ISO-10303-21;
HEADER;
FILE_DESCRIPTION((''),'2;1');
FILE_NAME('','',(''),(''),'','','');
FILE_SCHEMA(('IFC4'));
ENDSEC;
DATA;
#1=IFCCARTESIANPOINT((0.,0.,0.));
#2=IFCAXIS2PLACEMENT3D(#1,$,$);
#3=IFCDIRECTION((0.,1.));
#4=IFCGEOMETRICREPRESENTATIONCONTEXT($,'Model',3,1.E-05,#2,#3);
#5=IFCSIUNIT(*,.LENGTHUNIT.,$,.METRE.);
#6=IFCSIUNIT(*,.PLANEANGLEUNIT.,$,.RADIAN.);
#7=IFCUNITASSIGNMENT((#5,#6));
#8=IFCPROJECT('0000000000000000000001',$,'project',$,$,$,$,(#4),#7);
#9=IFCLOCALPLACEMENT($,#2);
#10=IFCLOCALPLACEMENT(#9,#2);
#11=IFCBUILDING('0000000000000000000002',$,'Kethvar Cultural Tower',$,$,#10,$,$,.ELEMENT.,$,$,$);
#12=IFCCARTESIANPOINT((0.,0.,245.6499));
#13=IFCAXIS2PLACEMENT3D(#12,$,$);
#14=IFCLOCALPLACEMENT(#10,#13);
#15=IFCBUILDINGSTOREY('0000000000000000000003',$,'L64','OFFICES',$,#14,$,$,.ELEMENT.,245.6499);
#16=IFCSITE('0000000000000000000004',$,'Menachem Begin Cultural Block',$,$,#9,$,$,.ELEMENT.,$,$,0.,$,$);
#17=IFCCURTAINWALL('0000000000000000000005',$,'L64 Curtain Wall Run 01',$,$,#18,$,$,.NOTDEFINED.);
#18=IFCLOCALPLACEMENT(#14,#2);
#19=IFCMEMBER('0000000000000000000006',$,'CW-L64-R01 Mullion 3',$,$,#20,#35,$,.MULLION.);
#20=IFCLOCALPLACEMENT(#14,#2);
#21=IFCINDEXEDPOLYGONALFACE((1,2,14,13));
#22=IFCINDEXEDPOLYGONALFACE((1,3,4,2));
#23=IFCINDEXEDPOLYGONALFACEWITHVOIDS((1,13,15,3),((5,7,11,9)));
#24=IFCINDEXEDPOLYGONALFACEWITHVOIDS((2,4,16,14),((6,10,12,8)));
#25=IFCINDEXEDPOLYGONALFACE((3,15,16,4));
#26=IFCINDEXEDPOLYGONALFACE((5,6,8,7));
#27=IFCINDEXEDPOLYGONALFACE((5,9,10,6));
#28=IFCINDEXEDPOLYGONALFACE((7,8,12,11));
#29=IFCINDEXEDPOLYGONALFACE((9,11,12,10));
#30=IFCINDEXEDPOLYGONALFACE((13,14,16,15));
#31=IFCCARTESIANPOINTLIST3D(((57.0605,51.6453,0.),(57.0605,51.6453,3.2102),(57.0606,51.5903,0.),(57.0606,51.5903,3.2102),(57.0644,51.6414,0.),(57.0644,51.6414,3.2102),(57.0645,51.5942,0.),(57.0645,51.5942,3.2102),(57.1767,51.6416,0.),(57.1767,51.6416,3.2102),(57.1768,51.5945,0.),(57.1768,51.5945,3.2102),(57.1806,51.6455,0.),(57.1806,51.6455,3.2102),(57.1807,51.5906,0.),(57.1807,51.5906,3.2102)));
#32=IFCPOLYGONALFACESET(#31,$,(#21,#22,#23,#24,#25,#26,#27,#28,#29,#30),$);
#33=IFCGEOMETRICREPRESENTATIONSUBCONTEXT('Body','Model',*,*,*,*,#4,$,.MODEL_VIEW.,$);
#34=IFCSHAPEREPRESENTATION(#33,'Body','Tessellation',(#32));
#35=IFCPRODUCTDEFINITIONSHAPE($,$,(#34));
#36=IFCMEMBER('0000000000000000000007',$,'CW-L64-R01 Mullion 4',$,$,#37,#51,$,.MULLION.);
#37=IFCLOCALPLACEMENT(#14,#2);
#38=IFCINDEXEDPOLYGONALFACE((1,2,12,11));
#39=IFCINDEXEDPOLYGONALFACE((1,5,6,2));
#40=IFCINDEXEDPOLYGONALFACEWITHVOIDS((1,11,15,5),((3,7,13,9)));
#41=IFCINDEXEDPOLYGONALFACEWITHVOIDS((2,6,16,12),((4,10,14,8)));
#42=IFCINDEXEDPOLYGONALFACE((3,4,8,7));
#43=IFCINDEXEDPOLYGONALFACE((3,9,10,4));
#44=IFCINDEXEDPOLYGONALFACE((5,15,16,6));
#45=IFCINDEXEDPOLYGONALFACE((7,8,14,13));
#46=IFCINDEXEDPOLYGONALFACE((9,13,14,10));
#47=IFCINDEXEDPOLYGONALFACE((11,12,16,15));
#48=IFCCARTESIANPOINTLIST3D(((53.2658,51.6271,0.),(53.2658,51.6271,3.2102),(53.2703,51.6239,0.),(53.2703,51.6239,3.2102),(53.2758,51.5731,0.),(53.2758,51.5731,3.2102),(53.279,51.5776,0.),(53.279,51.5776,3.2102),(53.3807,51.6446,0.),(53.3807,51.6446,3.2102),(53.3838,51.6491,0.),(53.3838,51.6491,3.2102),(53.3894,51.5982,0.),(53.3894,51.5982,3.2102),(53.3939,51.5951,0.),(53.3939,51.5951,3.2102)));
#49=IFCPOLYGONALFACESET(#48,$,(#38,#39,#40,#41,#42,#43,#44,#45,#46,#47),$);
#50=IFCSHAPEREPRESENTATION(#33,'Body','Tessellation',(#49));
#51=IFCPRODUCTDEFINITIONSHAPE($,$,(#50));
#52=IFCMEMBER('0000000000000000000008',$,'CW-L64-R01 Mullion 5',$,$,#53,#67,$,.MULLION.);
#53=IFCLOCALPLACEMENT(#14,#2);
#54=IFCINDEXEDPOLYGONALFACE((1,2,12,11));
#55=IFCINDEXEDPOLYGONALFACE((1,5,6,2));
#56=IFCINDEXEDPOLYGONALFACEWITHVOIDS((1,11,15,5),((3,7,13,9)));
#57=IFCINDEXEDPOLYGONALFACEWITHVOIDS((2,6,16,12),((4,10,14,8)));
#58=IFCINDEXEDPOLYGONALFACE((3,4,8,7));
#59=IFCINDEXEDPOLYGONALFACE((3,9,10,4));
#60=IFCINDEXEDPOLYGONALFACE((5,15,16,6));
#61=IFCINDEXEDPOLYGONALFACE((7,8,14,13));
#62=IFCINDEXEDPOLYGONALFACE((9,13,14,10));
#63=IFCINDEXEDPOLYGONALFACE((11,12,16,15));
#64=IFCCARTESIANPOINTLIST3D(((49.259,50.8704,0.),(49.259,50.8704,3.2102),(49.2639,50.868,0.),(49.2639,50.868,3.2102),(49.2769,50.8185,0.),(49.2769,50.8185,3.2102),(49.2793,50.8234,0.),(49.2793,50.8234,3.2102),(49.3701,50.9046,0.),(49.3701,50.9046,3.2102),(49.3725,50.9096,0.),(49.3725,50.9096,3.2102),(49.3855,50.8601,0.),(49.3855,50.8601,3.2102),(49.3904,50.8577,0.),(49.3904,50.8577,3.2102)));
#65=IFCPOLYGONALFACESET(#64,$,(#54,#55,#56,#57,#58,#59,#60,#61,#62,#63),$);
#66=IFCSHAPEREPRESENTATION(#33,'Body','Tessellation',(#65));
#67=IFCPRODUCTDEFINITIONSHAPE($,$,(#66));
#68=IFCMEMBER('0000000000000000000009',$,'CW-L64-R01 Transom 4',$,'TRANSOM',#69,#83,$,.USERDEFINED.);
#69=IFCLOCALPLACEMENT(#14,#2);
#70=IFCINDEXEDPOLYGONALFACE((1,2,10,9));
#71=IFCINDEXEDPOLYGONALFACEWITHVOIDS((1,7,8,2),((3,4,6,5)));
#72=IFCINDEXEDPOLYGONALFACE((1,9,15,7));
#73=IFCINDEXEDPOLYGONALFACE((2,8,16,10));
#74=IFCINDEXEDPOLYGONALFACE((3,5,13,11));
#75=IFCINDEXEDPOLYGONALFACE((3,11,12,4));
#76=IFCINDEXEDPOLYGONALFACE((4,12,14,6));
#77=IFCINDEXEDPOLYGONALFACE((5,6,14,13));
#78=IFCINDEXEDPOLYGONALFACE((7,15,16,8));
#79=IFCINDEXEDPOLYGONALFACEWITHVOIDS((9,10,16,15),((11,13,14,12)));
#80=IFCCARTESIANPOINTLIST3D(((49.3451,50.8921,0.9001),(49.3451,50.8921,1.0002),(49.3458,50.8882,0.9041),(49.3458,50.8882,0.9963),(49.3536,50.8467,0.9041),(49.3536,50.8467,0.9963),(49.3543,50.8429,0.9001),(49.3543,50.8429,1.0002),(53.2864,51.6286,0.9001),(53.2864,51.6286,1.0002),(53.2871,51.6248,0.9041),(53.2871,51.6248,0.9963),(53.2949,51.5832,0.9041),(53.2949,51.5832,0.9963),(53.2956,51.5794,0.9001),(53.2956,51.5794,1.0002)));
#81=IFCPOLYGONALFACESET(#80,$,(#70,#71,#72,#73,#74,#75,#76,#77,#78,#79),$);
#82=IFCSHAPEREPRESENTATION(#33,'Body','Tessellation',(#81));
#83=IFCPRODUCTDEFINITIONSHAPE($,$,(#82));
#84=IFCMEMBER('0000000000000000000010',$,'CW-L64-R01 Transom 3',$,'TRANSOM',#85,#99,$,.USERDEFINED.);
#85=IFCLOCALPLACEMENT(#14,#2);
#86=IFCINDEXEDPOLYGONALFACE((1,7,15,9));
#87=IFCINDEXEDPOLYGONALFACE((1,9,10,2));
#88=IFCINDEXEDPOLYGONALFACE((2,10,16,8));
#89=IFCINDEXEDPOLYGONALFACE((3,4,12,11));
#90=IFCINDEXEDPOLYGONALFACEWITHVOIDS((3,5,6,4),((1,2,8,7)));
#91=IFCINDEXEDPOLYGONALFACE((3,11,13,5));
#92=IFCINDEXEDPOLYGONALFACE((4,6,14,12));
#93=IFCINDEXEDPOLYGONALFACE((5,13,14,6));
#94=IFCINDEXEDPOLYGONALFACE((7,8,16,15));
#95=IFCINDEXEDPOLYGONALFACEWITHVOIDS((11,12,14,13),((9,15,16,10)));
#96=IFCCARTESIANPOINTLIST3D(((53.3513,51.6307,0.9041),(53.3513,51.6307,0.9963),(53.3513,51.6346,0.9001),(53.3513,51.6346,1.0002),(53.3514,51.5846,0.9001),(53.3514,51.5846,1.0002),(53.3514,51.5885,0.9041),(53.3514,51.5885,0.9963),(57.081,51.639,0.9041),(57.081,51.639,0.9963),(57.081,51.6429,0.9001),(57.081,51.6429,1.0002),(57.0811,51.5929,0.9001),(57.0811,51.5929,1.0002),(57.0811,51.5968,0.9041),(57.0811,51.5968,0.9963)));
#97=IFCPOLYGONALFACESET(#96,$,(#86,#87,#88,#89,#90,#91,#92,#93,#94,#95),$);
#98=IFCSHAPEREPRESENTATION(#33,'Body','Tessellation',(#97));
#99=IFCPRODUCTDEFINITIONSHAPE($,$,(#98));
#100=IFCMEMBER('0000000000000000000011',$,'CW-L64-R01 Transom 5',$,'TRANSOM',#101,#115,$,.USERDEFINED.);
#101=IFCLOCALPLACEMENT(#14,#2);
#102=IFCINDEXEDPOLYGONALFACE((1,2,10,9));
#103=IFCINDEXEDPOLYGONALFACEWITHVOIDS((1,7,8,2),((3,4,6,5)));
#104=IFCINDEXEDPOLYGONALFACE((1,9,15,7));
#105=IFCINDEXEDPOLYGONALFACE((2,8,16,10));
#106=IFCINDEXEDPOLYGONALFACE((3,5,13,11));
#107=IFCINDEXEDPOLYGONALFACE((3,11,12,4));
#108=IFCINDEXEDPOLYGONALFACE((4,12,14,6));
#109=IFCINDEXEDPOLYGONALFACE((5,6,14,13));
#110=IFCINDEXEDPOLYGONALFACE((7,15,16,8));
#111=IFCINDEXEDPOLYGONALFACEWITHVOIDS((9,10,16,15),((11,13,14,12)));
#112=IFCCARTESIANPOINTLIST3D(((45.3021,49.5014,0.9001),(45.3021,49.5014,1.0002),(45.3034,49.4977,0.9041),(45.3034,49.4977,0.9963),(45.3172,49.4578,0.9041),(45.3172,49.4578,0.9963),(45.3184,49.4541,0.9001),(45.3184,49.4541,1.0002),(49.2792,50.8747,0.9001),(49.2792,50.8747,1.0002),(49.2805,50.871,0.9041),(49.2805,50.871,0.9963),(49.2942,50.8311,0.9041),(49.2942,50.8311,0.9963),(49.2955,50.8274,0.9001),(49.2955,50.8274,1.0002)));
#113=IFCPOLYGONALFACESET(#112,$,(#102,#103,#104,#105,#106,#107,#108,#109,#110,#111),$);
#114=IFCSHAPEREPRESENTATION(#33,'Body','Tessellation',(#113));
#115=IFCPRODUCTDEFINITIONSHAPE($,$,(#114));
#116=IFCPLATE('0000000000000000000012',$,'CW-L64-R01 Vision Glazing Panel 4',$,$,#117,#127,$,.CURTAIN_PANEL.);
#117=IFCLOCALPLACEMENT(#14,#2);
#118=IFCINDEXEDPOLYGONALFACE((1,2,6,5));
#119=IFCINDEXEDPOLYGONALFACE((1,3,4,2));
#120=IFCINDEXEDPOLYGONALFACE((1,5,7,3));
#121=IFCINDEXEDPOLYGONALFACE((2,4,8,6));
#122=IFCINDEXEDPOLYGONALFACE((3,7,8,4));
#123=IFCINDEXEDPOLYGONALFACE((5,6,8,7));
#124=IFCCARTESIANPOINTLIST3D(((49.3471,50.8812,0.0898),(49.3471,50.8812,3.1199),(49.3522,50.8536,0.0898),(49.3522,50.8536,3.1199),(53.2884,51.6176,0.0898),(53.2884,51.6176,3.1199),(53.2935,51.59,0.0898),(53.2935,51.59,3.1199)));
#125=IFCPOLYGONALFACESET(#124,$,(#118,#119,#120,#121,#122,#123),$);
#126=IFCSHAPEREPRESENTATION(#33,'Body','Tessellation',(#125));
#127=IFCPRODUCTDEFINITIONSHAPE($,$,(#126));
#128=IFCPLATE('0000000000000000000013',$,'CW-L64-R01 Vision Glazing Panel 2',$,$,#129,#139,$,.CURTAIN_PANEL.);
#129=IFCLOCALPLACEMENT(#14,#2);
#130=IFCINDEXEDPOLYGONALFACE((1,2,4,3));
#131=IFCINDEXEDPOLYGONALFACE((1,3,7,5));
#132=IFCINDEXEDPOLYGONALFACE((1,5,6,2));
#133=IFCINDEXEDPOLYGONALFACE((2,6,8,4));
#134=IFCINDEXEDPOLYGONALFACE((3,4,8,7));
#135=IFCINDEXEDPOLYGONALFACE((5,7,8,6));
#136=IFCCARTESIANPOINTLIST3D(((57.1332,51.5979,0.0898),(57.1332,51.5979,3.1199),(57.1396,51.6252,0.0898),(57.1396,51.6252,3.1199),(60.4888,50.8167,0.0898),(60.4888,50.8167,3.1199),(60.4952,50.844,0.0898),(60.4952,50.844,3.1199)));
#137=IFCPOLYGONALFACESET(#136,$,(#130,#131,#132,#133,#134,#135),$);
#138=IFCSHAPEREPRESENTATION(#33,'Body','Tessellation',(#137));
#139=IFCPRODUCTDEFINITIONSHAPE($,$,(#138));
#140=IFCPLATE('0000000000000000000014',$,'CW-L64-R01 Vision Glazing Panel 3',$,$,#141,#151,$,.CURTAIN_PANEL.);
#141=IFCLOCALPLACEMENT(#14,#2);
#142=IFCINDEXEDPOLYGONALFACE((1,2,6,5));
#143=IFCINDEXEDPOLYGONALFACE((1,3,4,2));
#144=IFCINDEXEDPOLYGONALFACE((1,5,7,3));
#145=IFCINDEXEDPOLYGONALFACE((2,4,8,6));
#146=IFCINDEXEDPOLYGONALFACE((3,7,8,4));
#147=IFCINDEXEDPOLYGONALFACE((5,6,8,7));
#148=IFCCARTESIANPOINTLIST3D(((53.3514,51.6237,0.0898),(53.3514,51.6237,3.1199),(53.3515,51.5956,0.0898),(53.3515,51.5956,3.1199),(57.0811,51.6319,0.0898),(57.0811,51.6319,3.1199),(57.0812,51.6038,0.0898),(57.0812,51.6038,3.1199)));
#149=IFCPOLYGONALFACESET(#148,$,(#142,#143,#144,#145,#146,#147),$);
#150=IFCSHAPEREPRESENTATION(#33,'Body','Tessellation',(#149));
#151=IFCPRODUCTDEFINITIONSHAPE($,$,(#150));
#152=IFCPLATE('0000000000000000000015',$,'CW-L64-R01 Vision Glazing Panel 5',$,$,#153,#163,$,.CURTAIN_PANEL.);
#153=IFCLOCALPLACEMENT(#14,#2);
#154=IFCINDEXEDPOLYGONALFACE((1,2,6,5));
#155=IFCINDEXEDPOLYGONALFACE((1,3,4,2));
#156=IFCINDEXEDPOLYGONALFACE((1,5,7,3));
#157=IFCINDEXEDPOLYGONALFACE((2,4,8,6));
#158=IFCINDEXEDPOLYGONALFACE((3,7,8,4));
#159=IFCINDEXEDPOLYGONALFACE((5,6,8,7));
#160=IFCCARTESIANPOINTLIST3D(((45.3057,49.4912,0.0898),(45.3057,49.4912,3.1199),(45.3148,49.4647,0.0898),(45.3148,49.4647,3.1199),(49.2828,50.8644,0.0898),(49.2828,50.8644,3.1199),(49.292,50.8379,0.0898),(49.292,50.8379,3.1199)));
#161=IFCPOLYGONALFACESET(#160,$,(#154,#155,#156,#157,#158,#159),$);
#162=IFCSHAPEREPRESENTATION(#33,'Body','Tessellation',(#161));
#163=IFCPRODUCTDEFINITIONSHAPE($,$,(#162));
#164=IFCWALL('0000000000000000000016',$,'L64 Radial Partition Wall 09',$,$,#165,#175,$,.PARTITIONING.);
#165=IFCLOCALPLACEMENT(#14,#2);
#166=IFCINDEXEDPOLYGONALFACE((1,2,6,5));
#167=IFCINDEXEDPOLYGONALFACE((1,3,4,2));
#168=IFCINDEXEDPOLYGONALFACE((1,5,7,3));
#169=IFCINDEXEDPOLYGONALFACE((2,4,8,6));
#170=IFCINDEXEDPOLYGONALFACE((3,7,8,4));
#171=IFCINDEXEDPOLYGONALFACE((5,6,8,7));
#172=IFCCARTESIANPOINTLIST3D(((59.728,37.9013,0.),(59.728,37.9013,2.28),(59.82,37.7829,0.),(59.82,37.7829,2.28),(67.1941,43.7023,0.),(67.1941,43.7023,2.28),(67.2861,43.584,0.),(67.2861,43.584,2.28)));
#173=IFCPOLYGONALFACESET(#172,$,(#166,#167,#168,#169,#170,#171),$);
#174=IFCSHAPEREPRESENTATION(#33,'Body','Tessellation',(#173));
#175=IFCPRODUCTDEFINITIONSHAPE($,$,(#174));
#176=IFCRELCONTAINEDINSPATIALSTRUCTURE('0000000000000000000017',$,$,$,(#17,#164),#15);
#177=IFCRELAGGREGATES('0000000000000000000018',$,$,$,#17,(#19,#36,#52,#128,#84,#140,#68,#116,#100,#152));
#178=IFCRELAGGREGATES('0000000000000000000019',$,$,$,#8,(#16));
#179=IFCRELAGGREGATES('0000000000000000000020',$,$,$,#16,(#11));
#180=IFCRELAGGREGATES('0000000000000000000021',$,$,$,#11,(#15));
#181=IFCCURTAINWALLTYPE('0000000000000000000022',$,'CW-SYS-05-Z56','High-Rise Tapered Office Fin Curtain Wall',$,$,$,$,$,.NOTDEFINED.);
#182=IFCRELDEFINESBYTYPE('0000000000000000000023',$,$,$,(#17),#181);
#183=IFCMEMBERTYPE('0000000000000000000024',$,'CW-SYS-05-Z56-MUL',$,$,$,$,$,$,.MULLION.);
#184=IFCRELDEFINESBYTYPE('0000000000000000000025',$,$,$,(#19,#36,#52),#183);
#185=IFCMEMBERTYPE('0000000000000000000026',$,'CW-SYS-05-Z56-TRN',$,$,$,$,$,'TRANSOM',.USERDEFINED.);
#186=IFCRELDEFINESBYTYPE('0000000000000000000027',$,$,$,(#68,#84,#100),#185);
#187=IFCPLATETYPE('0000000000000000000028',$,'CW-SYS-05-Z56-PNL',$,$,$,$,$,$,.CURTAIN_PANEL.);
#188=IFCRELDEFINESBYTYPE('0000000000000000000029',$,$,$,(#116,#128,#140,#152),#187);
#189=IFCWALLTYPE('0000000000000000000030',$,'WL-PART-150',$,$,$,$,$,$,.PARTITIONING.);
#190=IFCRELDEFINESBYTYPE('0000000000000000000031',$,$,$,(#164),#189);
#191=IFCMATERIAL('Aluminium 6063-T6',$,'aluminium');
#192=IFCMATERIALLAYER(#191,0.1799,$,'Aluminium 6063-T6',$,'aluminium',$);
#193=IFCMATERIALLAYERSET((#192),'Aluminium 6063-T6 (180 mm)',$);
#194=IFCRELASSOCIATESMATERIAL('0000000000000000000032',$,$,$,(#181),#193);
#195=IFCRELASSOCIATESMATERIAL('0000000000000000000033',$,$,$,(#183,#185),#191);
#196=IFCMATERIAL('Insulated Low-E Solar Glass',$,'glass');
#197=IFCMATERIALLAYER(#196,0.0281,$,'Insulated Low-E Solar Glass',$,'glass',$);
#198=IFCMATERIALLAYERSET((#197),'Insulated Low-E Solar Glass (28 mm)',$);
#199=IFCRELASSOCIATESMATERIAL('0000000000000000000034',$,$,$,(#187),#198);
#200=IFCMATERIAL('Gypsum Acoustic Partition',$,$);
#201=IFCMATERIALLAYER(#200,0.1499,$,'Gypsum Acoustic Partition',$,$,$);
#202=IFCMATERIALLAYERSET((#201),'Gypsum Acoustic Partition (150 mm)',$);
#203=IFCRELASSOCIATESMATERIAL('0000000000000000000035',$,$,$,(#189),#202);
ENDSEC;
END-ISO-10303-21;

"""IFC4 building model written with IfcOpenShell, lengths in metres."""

from ifc_helpers import new_model, si_unit, direction, frame, frame_2d, origin, origin_2d, place, context, subcontext, project, spatial, rectangle, hollow_rectangle, extrude, source, transform, mapped, material, layer, layer_set, material_profile, profile_set, type_object, element, aggregate, save


model = new_model("IFC4")

# Units and contexts
model_context = context("Model", 3, precision=1e-05, world=origin(), true_north=direction((0.0, 1.0)))
body_context = subcontext(model_context, "Body", "Model", "MODEL_VIEW")
ifc_project = project(units=[si_unit("LENGTHUNIT", "METRE"), si_unit("PLANEANGLEUNIT", "RADIAN")], contexts=[model_context])

# Site, building, storey
site_placement = place(None, origin())
site = spatial("IfcSite", under=ifc_project, at=site_placement, Name="Menachem Begin Cultural Block", CompositionType="ELEMENT", RefElevation=0.0)
building_placement = place(site_placement, origin())
building = spatial("IfcBuilding", under=site, at=building_placement, Name="Kethvar Cultural Tower", CompositionType="ELEMENT")
storey_placement = place(building_placement, frame((0.0, 0.0, 245.6499)))
storey = spatial("IfcBuildingStorey", under=building, at=storey_placement, Name="L64", Description="OFFICES", CompositionType="ELEMENT", Elevation=245.6499)

# Curtain wall, members, plates
ifc_material_1 = material(Name="Aluminium 6063-T6", Category="aluminium")
ifc_layer_1 = layer(ifc_material_1, 0.1799, Name="Aluminium 6063-T6", Category="aluminium")
ifc_layer_set_1 = layer_set([ifc_layer_1], Name="Aluminium 6063-T6 (180 mm)")
curtain_wall_type = type_object("IfcCurtainWallType", Name="CW-SYS-05-Z56", Description="High-Rise Tapered Office Fin Curtain Wall", PredefinedType="NOTDEFINED", material=ifc_layer_set_1)
curtain_wall_placement = place(storey_placement, origin())
curtain_wall = element("IfcCurtainWall", 1, at=curtain_wall_placement, inside=storey, type_object=curtain_wall_type, Name="L64 Curtain Wall Run 01", PredefinedType="NOTDEFINED")
ifc_material_profile_1 = material_profile(ifc_material_1, hollow_rectangle(XDim=0.0549, YDim=0.1201, WallThickness=0.0039, at=origin_2d()), Name="Aluminium 6063-T6 — RHS120x55x4")
ifc_profile_set_1 = profile_set([ifc_material_profile_1], Name="Aluminium 6063-T6 — RHS120x55x4")
member_type_1 = type_object("IfcMemberType", Name="CW-SYS-05-Z56-MUL", PredefinedType="MULLION", material=ifc_profile_set_1)
shared_shape_1 = source(origin(), body_context, "Body", "SweptSolid", [
    extrude(hollow_rectangle(XDim=0.0549, YDim=0.1201, WallThickness=0.0039, at=origin_2d()), origin(), (0.0, 0.0, 1.0), 3.2102),
])
member_1_placement = place(storey_placement, frame((57.1206, 51.6179, 0.0), z_axis=(0.0, 0.0, 1.0), x_axis=(0.002199, -0.999998, 0.0)))
member_1 = element("IfcMember", 2, at=member_1_placement, type_object=member_type_1, Name="CW-L64-R01 Mullion 3", PredefinedType="MULLION", context=body_context, shape_type="MappedRepresentation", body=[
    mapped(shared_shape_1, transform((0.0, 0.0, 0.0), scale=1.0)),
])
member_2_placement = place(storey_placement, frame((53.3298, 51.6111, 0.0), z_axis=(0.0, 0.0, 1.0), x_axis=(0.183677, -0.982987, 0.0)))
member_2 = element("IfcMember", 3, at=member_2_placement, type_object=member_type_1, Name="CW-L64-R01 Mullion 4", PredefinedType="MULLION", context=body_context, shape_type="MappedRepresentation", body=[
    mapped(shared_shape_1, transform((0.0, 0.0, 0.0), scale=1.0)),
])
member_3_placement = place(storey_placement, frame((49.3247, 50.864, 0.0), z_axis=(0.0, 0.0, 1.0), x_axis=(0.32636, -0.945245, 0.0)))
member_3 = element("IfcMember", 4, at=member_3_placement, type_object=member_type_1, Name="CW-L64-R01 Mullion 5", PredefinedType="MULLION", context=body_context, shape_type="MappedRepresentation", body=[
    mapped(shared_shape_1, transform((0.0, 0.0, 0.0), scale=1.0)),
])
ifc_material_profile_2 = material_profile(ifc_material_1, hollow_rectangle(XDim=0.05, YDim=0.1001, WallThickness=0.0039, at=origin_2d()), Name="Aluminium 6063-T6 — RHS100x50x4")
ifc_profile_set_2 = profile_set([ifc_material_profile_2], Name="Aluminium 6063-T6 — RHS100x50x4")
member_type_2 = type_object("IfcMemberType", Name="CW-SYS-05-Z56-TRN", ElementType="TRANSOM", PredefinedType="USERDEFINED", material=ifc_profile_set_2)
shared_shape_2 = source(origin(), body_context, "Body", "SweptSolid", [
    extrude(hollow_rectangle(XDim=0.05, YDim=0.1001, WallThickness=0.0039, at=origin_2d()), origin(), (0.0, 0.0, 1.0), 4.0095),
])
member_4_placement = place(storey_placement, frame((53.291, 51.604, 0.9502), z_axis=(-0.982982, -0.1837, 0.0), x_axis=(0.1837, -0.982982, 0.0)))
member_4 = element("IfcMember", 5, at=member_4_placement, type_object=member_type_2, Name="CW-L64-R01 Transom 4", ObjectType="TRANSOM", PredefinedType="USERDEFINED", context=body_context, shape_type="MappedRepresentation", body=[
    mapped(shared_shape_2, transform((0.0, 0.0, 0.0), scale=1.0)),
])
shared_shape_3 = source(origin(), body_context, "Body", "SweptSolid", [
    extrude(hollow_rectangle(XDim=0.05, YDim=0.1001, WallThickness=0.0039, at=origin_2d()), origin(), (0.0, 0.0, 1.0), 3.7297),
])
member_5_placement = place(storey_placement, frame((57.0811, 51.6179, 0.9502), z_axis=(-0.999998, -0.002226, 0.0), x_axis=(0.002226, -0.999998, 0.0)))
member_5 = element("IfcMember", 6, at=member_5_placement, type_object=member_type_2, Name="CW-L64-R01 Transom 3", ObjectType="TRANSOM", PredefinedType="USERDEFINED", context=body_context, shape_type="MappedRepresentation", body=[
    mapped(shared_shape_3, transform((0.0, 0.0, 0.0), scale=1.0)),
])
shared_shape_4 = source(origin(), body_context, "Body", "SweptSolid", [
    extrude(hollow_rectangle(XDim=0.05, YDim=0.1001, WallThickness=0.0039, at=origin_2d()), origin(), (0.0, 0.0, 1.0), 4.2075),
])
member_6_placement = place(storey_placement, frame((49.2874, 50.8511, 0.9502), z_axis=(-0.945234, -0.326393, 0.0), x_axis=(0.326393, -0.945234, 0.0)))
member_6 = element("IfcMember", 7, at=member_6_placement, type_object=member_type_2, Name="CW-L64-R01 Transom 5", ObjectType="TRANSOM", PredefinedType="USERDEFINED", context=body_context, shape_type="MappedRepresentation", body=[
    mapped(shared_shape_4, transform((0.0, 0.0, 0.0), scale=1.0)),
])
ifc_material_2 = material(Name="Insulated Low-E Solar Glass", Category="glass")
ifc_layer_2 = layer(ifc_material_2, 0.0281, Name="Insulated Low-E Solar Glass", Category="glass")
ifc_layer_set_2 = layer_set([ifc_layer_2], Name="Insulated Low-E Solar Glass (28 mm)")
plate_type = type_object("IfcPlateType", Name="CW-SYS-05-Z56-PNL", PredefinedType="CURTAIN_PANEL", material=ifc_layer_set_2)
shared_shape_5 = source(origin(), body_context, "Body", "SweptSolid", [
    extrude(rectangle(XDim=4.0095, YDim=0.0281, at=origin_2d()), origin(), (0.0, 0.0, 1.0), 3.03),
])
plate_1_placement = place(storey_placement, frame((51.3203, 51.2356, 0.0898), z_axis=(0.0, 0.0, 1.0), x_axis=(-0.982987, -0.183677, 0.0)))
plate_1 = element("IfcPlate", 8, at=plate_1_placement, type_object=plate_type, Name="CW-L64-R01 Vision Glazing Panel 4", PredefinedType="CURTAIN_PANEL", context=body_context, shape_type="MappedRepresentation", body=[
    mapped(shared_shape_5, transform((0.0, 0.0, 0.0), scale=1.0)),
])
shared_shape_6 = source(origin(), body_context, "Body", "SweptSolid", [
    extrude(rectangle(XDim=3.4453, YDim=0.0281, at=origin_2d()), origin(), (0.0, 0.0, 1.0), 3.03),
])
plate_2_placement = place(storey_placement, frame((58.8142, 51.2209, 0.0898), z_axis=(0.0, 0.0, 1.0), x_axis=(-0.973956, 0.226736, 0.0)))
plate_2 = element("IfcPlate", 9, at=plate_2_placement, type_object=plate_type, Name="CW-L64-R01 Vision Glazing Panel 2", PredefinedType="CURTAIN_PANEL", context=body_context, shape_type="MappedRepresentation", body=[
    mapped(shared_shape_6, transform((0.0, 0.0, 0.0), scale=1.0)),
])
shared_shape_7 = source(origin(), body_context, "Body", "SweptSolid", [
    extrude(rectangle(XDim=3.7297, YDim=0.0281, at=origin_2d()), origin(), (0.0, 0.0, 1.0), 3.03),
])
plate_3_placement = place(storey_placement, frame((55.2163, 51.6138, 0.0898), z_axis=(0.0, 0.0, 1.0), x_axis=(-0.999998, -0.002199, 0.0)))
plate_3 = element("IfcPlate", 10, at=plate_3_placement, type_object=plate_type, Name="CW-L64-R01 Vision Glazing Panel 3", PredefinedType="CURTAIN_PANEL", context=body_context, shape_type="MappedRepresentation", body=[
    mapped(shared_shape_7, transform((0.0, 0.0, 0.0), scale=1.0)),
])
shared_shape_8 = source(origin(), body_context, "Body", "SweptSolid", [
    extrude(rectangle(XDim=4.2075, YDim=0.0281, at=origin_2d()), origin(), (0.0, 0.0, 1.0), 3.03),
])
plate_4_placement = place(storey_placement, frame((47.2988, 50.1646, 0.0898), z_axis=(0.0, 0.0, 1.0), x_axis=(-0.945245, -0.32636, 0.0)))
plate_4 = element("IfcPlate", 11, at=plate_4_placement, type_object=plate_type, Name="CW-L64-R01 Vision Glazing Panel 5", PredefinedType="CURTAIN_PANEL", context=body_context, shape_type="MappedRepresentation", body=[
    mapped(shared_shape_8, transform((0.0, 0.0, 0.0), scale=1.0)),
])
aggregate(curtain_wall, [member_1, member_2, member_3, plate_2, member_5, plate_3, member_4, plate_1, member_6, plate_4])

# Wall
ifc_material_3 = material(Name="Gypsum Acoustic Partition")
ifc_layer_3 = layer(ifc_material_3, 0.1499, Name="Gypsum Acoustic Partition")
ifc_layer_set_3 = layer_set([ifc_layer_3], Name="Gypsum Acoustic Partition (150 mm)")
wall_type = type_object("IfcWallType", Name="WL-PART-150", PredefinedType="PARTITIONING", material=ifc_layer_set_3)
wall_1_placement = place(storey_placement, frame((59.7739, 37.842, 0.0), z_axis=(0.0, 0.0, 1.0), x_axis=(0.789655, 0.613551, 0.0)))
element("IfcWall", 12, at=wall_1_placement, inside=storey, type_object=wall_type, Name="L64 Radial Partition Wall 09", PredefinedType="PARTITIONING", context=body_context, shape_type="SweptSolid", body=[
    extrude(rectangle(XDim=9.4548, YDim=0.1499, at=frame_2d((4.7275, 0.0))), origin(), (0.0, 0.0, 1.0), 2.28),
])

save(model, "model.ifc")
